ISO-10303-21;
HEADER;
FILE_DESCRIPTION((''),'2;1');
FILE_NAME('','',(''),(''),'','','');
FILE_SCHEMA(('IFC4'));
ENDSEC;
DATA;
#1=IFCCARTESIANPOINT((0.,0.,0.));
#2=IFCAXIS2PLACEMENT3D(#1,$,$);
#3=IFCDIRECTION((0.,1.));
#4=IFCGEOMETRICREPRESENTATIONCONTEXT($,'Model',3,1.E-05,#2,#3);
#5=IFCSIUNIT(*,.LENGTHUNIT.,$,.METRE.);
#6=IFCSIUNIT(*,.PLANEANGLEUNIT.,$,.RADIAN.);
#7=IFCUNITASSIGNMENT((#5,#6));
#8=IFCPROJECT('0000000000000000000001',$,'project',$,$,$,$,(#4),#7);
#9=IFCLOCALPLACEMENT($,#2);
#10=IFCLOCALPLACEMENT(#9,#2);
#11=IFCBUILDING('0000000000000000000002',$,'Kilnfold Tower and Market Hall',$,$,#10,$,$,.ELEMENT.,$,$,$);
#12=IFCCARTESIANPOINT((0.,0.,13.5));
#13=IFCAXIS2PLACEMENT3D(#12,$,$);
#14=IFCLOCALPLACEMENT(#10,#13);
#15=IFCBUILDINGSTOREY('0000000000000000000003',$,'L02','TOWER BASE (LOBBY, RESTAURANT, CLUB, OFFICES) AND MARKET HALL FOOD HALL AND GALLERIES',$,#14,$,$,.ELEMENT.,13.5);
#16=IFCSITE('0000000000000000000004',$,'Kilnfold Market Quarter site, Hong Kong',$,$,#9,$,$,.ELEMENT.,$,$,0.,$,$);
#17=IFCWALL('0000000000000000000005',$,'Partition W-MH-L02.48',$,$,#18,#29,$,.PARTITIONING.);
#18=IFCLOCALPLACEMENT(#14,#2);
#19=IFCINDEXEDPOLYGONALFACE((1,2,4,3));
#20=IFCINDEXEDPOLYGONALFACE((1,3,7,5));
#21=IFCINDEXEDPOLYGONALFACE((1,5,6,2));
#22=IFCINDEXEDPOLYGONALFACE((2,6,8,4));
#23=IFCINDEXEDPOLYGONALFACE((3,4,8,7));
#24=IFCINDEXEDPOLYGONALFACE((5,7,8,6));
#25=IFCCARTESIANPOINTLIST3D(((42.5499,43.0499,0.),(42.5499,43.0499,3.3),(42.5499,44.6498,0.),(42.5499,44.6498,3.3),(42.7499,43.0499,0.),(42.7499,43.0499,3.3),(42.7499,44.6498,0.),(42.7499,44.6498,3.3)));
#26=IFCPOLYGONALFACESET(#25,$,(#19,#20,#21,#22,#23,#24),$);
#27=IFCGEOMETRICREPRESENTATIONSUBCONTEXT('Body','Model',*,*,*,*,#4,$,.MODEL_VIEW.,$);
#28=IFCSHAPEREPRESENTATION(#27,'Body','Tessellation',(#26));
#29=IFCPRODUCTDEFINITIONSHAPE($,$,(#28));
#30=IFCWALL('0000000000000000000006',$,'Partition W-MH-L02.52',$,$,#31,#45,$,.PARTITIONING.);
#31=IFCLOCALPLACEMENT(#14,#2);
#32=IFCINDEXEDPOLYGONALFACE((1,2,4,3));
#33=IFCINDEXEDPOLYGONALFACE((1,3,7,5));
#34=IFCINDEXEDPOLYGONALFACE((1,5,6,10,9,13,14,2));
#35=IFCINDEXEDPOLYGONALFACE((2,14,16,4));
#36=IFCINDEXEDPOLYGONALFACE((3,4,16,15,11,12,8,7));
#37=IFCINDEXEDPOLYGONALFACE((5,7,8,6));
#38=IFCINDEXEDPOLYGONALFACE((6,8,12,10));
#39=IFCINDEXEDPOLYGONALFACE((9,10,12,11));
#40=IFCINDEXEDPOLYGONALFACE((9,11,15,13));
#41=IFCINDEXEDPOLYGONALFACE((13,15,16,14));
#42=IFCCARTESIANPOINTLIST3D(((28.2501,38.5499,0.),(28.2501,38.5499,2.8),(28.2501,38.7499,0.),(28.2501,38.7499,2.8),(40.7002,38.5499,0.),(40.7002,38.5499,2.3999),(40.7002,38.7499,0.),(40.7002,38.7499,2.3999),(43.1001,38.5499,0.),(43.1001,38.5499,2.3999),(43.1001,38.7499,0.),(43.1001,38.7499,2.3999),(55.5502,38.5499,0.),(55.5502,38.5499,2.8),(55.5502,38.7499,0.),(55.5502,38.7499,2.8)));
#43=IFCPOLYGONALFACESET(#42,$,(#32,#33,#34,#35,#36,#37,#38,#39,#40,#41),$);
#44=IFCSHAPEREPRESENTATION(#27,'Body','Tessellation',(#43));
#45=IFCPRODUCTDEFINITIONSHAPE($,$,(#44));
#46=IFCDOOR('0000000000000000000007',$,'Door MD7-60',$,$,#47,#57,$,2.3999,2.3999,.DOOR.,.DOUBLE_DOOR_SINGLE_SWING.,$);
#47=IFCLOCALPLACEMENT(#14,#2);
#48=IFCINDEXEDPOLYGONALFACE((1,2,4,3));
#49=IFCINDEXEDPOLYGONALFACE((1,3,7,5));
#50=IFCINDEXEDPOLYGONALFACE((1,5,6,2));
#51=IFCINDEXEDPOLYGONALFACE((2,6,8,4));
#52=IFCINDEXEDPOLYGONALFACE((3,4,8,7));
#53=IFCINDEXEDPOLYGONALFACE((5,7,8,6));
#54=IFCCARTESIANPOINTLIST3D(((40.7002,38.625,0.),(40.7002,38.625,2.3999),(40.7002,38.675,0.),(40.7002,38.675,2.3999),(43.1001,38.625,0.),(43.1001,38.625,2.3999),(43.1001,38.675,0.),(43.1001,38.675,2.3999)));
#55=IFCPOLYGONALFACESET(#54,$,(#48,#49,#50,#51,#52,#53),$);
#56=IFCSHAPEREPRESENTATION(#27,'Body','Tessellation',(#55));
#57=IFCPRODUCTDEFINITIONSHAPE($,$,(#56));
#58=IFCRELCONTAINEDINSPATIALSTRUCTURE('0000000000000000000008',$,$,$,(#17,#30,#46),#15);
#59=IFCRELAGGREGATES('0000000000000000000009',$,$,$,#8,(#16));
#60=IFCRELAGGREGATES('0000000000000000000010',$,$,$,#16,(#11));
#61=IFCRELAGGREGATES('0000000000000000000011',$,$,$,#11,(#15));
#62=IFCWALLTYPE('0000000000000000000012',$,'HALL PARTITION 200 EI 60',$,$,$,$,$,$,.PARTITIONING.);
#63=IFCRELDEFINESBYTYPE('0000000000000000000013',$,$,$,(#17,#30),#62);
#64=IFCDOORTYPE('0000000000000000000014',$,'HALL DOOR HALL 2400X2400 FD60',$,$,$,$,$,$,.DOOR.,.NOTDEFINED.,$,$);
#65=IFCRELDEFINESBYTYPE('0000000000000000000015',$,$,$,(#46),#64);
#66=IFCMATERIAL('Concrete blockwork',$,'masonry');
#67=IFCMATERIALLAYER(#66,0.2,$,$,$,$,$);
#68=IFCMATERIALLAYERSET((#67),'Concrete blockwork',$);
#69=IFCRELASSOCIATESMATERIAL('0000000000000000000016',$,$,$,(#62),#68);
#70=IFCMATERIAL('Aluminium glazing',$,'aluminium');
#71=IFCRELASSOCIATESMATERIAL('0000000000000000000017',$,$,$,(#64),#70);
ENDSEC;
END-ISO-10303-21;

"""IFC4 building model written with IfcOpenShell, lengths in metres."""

from ifc_helpers import new_model, si_unit, direction, frame, frame_2d, origin, place, context, subcontext, project, spatial, rectangle, extrude, source, transform, mapped, material, layer, layer_set, type_object, element, fill, save


model = new_model("IFC4")

# Units and contexts
model_context = context("Model", 3, precision=1e-05, world=origin(), true_north=direction((0.0, 1.0)))
body_context = subcontext(model_context, "Body", "Model", "MODEL_VIEW")
ifc_project = project(units=[si_unit("LENGTHUNIT", "METRE"), si_unit("PLANEANGLEUNIT", "RADIAN")], contexts=[model_context])

# Site, building, storey
site_placement = place(None, origin())
site = spatial("IfcSite", under=ifc_project, at=site_placement, Name="Kilnfold Market Quarter site, Hong Kong", CompositionType="ELEMENT", RefElevation=0.0)
building_placement = place(site_placement, origin())
building = spatial("IfcBuilding", under=site, at=building_placement, Name="Kilnfold Tower and Market Hall", CompositionType="ELEMENT")
storey_placement = place(building_placement, frame((0.0, 0.0, 13.5)))
storey = spatial("IfcBuildingStorey", under=building, at=storey_placement, Name="L02", Description="TOWER BASE (LOBBY, RESTAURANT, CLUB, OFFICES) AND MARKET HALL FOOD HALL AND GALLERIES", CompositionType="ELEMENT", Elevation=13.5)

# Wall
ifc_material_1 = material(Name="Concrete blockwork", Category="masonry")
ifc_layer_1 = layer(ifc_material_1, 0.2)
ifc_layer_set_1 = layer_set([ifc_layer_1], Name="Concrete blockwork")
wall_type_1 = type_object("IfcWallType", Name="HALL PARTITION 200 EI 60", PredefinedType="PARTITIONING", material=ifc_layer_set_1)
shared_shape_1 = source(origin(), body_context, "Body", "SweptSolid", [
    extrude(rectangle(XDim=1.5999, YDim=0.2, at=frame_2d((0.7998, 0.0))), origin(), (0.0, 0.0, 1.0), 3.3),
])
wall_1_placement = place(storey_placement, frame((42.6499, 43.05, 0.0), z_axis=(0.0, 0.0, 1.0), x_axis=(0.0, 1.0, 0.0)))
element("IfcWall", 1, at=wall_1_placement, inside=storey, type_object=wall_type_1, Name="Partition W-MH-L02.48", PredefinedType="PARTITIONING", context=body_context, shape_type="MappedRepresentation", body=[
    mapped(shared_shape_1, transform((0.0, 0.0, 0.0))),
])

# Wall, opening, door
shared_shape_2 = source(origin(), body_context, "Body", "SweptSolid", [
    extrude(rectangle(XDim=27.3, YDim=0.2, at=frame_2d((13.6499, 0.0))), origin(), (0.0, 0.0, 1.0), 2.8),
])
wall_2_placement = place(storey_placement, frame((55.55, 38.6499, 0.0), z_axis=(0.0, 0.0, 1.0), x_axis=(-1.0, 0.0, 0.0)))
wall_2 = element("IfcWall", 2, at=wall_2_placement, inside=storey, type_object=wall_type_1, Name="Partition W-MH-L02.52", PredefinedType="PARTITIONING", context=body_context, shape_type="MappedRepresentation", body=[
    mapped(shared_shape_2, transform((0.0, 0.0, 0.0))),
])
opening_1_placement = place(wall_2_placement, frame((12.45, 0.0, 0.0)))
opening_1 = element("IfcOpeningElement", 3, at=opening_1_placement, cuts=wall_2, PredefinedType="OPENING", context=body_context, shape_type="SweptSolid", body=[
    extrude(rectangle(XDim=2.3999, YDim=2.3999, at=frame_2d((1.2, 1.2))), frame((0.0, 0.1099, 0.0), z_axis=(0.0, -1.0, 0.0), x_axis=(1.0, 0.0, 0.0)), (0.0, 0.0, 1.0), 0.22),
])
ifc_material_2 = material(Name="Aluminium glazing", Category="aluminium")
door_type_1 = type_object("IfcDoorType", Name="HALL DOOR HALL 2400X2400 FD60", OperationType="NOTDEFINED", PredefinedType="DOOR", material=ifc_material_2)
door_1_placement = place(opening_1_placement, origin())
door_1 = element("IfcDoor", 4, at=door_1_placement, inside=storey, type_object=door_type_1, Name="Door MD7-60", OperationType="DOUBLE_DOOR_SINGLE_SWING", OverallHeight=2.3999, OverallWidth=2.3999, PredefinedType="DOOR", context=body_context, shape_type="SweptSolid", body=[
    extrude(rectangle(XDim=2.3999, YDim=2.3999, at=frame_2d((1.2, 1.2))), frame((0.0, 0.0249, 0.0), z_axis=(0.0, -1.0, 0.0), x_axis=(1.0, 0.0, 0.0)), (0.0, 0.0, 1.0), 0.05),
])
fill(opening_1, door_1)

save(model, "model.ifc")
